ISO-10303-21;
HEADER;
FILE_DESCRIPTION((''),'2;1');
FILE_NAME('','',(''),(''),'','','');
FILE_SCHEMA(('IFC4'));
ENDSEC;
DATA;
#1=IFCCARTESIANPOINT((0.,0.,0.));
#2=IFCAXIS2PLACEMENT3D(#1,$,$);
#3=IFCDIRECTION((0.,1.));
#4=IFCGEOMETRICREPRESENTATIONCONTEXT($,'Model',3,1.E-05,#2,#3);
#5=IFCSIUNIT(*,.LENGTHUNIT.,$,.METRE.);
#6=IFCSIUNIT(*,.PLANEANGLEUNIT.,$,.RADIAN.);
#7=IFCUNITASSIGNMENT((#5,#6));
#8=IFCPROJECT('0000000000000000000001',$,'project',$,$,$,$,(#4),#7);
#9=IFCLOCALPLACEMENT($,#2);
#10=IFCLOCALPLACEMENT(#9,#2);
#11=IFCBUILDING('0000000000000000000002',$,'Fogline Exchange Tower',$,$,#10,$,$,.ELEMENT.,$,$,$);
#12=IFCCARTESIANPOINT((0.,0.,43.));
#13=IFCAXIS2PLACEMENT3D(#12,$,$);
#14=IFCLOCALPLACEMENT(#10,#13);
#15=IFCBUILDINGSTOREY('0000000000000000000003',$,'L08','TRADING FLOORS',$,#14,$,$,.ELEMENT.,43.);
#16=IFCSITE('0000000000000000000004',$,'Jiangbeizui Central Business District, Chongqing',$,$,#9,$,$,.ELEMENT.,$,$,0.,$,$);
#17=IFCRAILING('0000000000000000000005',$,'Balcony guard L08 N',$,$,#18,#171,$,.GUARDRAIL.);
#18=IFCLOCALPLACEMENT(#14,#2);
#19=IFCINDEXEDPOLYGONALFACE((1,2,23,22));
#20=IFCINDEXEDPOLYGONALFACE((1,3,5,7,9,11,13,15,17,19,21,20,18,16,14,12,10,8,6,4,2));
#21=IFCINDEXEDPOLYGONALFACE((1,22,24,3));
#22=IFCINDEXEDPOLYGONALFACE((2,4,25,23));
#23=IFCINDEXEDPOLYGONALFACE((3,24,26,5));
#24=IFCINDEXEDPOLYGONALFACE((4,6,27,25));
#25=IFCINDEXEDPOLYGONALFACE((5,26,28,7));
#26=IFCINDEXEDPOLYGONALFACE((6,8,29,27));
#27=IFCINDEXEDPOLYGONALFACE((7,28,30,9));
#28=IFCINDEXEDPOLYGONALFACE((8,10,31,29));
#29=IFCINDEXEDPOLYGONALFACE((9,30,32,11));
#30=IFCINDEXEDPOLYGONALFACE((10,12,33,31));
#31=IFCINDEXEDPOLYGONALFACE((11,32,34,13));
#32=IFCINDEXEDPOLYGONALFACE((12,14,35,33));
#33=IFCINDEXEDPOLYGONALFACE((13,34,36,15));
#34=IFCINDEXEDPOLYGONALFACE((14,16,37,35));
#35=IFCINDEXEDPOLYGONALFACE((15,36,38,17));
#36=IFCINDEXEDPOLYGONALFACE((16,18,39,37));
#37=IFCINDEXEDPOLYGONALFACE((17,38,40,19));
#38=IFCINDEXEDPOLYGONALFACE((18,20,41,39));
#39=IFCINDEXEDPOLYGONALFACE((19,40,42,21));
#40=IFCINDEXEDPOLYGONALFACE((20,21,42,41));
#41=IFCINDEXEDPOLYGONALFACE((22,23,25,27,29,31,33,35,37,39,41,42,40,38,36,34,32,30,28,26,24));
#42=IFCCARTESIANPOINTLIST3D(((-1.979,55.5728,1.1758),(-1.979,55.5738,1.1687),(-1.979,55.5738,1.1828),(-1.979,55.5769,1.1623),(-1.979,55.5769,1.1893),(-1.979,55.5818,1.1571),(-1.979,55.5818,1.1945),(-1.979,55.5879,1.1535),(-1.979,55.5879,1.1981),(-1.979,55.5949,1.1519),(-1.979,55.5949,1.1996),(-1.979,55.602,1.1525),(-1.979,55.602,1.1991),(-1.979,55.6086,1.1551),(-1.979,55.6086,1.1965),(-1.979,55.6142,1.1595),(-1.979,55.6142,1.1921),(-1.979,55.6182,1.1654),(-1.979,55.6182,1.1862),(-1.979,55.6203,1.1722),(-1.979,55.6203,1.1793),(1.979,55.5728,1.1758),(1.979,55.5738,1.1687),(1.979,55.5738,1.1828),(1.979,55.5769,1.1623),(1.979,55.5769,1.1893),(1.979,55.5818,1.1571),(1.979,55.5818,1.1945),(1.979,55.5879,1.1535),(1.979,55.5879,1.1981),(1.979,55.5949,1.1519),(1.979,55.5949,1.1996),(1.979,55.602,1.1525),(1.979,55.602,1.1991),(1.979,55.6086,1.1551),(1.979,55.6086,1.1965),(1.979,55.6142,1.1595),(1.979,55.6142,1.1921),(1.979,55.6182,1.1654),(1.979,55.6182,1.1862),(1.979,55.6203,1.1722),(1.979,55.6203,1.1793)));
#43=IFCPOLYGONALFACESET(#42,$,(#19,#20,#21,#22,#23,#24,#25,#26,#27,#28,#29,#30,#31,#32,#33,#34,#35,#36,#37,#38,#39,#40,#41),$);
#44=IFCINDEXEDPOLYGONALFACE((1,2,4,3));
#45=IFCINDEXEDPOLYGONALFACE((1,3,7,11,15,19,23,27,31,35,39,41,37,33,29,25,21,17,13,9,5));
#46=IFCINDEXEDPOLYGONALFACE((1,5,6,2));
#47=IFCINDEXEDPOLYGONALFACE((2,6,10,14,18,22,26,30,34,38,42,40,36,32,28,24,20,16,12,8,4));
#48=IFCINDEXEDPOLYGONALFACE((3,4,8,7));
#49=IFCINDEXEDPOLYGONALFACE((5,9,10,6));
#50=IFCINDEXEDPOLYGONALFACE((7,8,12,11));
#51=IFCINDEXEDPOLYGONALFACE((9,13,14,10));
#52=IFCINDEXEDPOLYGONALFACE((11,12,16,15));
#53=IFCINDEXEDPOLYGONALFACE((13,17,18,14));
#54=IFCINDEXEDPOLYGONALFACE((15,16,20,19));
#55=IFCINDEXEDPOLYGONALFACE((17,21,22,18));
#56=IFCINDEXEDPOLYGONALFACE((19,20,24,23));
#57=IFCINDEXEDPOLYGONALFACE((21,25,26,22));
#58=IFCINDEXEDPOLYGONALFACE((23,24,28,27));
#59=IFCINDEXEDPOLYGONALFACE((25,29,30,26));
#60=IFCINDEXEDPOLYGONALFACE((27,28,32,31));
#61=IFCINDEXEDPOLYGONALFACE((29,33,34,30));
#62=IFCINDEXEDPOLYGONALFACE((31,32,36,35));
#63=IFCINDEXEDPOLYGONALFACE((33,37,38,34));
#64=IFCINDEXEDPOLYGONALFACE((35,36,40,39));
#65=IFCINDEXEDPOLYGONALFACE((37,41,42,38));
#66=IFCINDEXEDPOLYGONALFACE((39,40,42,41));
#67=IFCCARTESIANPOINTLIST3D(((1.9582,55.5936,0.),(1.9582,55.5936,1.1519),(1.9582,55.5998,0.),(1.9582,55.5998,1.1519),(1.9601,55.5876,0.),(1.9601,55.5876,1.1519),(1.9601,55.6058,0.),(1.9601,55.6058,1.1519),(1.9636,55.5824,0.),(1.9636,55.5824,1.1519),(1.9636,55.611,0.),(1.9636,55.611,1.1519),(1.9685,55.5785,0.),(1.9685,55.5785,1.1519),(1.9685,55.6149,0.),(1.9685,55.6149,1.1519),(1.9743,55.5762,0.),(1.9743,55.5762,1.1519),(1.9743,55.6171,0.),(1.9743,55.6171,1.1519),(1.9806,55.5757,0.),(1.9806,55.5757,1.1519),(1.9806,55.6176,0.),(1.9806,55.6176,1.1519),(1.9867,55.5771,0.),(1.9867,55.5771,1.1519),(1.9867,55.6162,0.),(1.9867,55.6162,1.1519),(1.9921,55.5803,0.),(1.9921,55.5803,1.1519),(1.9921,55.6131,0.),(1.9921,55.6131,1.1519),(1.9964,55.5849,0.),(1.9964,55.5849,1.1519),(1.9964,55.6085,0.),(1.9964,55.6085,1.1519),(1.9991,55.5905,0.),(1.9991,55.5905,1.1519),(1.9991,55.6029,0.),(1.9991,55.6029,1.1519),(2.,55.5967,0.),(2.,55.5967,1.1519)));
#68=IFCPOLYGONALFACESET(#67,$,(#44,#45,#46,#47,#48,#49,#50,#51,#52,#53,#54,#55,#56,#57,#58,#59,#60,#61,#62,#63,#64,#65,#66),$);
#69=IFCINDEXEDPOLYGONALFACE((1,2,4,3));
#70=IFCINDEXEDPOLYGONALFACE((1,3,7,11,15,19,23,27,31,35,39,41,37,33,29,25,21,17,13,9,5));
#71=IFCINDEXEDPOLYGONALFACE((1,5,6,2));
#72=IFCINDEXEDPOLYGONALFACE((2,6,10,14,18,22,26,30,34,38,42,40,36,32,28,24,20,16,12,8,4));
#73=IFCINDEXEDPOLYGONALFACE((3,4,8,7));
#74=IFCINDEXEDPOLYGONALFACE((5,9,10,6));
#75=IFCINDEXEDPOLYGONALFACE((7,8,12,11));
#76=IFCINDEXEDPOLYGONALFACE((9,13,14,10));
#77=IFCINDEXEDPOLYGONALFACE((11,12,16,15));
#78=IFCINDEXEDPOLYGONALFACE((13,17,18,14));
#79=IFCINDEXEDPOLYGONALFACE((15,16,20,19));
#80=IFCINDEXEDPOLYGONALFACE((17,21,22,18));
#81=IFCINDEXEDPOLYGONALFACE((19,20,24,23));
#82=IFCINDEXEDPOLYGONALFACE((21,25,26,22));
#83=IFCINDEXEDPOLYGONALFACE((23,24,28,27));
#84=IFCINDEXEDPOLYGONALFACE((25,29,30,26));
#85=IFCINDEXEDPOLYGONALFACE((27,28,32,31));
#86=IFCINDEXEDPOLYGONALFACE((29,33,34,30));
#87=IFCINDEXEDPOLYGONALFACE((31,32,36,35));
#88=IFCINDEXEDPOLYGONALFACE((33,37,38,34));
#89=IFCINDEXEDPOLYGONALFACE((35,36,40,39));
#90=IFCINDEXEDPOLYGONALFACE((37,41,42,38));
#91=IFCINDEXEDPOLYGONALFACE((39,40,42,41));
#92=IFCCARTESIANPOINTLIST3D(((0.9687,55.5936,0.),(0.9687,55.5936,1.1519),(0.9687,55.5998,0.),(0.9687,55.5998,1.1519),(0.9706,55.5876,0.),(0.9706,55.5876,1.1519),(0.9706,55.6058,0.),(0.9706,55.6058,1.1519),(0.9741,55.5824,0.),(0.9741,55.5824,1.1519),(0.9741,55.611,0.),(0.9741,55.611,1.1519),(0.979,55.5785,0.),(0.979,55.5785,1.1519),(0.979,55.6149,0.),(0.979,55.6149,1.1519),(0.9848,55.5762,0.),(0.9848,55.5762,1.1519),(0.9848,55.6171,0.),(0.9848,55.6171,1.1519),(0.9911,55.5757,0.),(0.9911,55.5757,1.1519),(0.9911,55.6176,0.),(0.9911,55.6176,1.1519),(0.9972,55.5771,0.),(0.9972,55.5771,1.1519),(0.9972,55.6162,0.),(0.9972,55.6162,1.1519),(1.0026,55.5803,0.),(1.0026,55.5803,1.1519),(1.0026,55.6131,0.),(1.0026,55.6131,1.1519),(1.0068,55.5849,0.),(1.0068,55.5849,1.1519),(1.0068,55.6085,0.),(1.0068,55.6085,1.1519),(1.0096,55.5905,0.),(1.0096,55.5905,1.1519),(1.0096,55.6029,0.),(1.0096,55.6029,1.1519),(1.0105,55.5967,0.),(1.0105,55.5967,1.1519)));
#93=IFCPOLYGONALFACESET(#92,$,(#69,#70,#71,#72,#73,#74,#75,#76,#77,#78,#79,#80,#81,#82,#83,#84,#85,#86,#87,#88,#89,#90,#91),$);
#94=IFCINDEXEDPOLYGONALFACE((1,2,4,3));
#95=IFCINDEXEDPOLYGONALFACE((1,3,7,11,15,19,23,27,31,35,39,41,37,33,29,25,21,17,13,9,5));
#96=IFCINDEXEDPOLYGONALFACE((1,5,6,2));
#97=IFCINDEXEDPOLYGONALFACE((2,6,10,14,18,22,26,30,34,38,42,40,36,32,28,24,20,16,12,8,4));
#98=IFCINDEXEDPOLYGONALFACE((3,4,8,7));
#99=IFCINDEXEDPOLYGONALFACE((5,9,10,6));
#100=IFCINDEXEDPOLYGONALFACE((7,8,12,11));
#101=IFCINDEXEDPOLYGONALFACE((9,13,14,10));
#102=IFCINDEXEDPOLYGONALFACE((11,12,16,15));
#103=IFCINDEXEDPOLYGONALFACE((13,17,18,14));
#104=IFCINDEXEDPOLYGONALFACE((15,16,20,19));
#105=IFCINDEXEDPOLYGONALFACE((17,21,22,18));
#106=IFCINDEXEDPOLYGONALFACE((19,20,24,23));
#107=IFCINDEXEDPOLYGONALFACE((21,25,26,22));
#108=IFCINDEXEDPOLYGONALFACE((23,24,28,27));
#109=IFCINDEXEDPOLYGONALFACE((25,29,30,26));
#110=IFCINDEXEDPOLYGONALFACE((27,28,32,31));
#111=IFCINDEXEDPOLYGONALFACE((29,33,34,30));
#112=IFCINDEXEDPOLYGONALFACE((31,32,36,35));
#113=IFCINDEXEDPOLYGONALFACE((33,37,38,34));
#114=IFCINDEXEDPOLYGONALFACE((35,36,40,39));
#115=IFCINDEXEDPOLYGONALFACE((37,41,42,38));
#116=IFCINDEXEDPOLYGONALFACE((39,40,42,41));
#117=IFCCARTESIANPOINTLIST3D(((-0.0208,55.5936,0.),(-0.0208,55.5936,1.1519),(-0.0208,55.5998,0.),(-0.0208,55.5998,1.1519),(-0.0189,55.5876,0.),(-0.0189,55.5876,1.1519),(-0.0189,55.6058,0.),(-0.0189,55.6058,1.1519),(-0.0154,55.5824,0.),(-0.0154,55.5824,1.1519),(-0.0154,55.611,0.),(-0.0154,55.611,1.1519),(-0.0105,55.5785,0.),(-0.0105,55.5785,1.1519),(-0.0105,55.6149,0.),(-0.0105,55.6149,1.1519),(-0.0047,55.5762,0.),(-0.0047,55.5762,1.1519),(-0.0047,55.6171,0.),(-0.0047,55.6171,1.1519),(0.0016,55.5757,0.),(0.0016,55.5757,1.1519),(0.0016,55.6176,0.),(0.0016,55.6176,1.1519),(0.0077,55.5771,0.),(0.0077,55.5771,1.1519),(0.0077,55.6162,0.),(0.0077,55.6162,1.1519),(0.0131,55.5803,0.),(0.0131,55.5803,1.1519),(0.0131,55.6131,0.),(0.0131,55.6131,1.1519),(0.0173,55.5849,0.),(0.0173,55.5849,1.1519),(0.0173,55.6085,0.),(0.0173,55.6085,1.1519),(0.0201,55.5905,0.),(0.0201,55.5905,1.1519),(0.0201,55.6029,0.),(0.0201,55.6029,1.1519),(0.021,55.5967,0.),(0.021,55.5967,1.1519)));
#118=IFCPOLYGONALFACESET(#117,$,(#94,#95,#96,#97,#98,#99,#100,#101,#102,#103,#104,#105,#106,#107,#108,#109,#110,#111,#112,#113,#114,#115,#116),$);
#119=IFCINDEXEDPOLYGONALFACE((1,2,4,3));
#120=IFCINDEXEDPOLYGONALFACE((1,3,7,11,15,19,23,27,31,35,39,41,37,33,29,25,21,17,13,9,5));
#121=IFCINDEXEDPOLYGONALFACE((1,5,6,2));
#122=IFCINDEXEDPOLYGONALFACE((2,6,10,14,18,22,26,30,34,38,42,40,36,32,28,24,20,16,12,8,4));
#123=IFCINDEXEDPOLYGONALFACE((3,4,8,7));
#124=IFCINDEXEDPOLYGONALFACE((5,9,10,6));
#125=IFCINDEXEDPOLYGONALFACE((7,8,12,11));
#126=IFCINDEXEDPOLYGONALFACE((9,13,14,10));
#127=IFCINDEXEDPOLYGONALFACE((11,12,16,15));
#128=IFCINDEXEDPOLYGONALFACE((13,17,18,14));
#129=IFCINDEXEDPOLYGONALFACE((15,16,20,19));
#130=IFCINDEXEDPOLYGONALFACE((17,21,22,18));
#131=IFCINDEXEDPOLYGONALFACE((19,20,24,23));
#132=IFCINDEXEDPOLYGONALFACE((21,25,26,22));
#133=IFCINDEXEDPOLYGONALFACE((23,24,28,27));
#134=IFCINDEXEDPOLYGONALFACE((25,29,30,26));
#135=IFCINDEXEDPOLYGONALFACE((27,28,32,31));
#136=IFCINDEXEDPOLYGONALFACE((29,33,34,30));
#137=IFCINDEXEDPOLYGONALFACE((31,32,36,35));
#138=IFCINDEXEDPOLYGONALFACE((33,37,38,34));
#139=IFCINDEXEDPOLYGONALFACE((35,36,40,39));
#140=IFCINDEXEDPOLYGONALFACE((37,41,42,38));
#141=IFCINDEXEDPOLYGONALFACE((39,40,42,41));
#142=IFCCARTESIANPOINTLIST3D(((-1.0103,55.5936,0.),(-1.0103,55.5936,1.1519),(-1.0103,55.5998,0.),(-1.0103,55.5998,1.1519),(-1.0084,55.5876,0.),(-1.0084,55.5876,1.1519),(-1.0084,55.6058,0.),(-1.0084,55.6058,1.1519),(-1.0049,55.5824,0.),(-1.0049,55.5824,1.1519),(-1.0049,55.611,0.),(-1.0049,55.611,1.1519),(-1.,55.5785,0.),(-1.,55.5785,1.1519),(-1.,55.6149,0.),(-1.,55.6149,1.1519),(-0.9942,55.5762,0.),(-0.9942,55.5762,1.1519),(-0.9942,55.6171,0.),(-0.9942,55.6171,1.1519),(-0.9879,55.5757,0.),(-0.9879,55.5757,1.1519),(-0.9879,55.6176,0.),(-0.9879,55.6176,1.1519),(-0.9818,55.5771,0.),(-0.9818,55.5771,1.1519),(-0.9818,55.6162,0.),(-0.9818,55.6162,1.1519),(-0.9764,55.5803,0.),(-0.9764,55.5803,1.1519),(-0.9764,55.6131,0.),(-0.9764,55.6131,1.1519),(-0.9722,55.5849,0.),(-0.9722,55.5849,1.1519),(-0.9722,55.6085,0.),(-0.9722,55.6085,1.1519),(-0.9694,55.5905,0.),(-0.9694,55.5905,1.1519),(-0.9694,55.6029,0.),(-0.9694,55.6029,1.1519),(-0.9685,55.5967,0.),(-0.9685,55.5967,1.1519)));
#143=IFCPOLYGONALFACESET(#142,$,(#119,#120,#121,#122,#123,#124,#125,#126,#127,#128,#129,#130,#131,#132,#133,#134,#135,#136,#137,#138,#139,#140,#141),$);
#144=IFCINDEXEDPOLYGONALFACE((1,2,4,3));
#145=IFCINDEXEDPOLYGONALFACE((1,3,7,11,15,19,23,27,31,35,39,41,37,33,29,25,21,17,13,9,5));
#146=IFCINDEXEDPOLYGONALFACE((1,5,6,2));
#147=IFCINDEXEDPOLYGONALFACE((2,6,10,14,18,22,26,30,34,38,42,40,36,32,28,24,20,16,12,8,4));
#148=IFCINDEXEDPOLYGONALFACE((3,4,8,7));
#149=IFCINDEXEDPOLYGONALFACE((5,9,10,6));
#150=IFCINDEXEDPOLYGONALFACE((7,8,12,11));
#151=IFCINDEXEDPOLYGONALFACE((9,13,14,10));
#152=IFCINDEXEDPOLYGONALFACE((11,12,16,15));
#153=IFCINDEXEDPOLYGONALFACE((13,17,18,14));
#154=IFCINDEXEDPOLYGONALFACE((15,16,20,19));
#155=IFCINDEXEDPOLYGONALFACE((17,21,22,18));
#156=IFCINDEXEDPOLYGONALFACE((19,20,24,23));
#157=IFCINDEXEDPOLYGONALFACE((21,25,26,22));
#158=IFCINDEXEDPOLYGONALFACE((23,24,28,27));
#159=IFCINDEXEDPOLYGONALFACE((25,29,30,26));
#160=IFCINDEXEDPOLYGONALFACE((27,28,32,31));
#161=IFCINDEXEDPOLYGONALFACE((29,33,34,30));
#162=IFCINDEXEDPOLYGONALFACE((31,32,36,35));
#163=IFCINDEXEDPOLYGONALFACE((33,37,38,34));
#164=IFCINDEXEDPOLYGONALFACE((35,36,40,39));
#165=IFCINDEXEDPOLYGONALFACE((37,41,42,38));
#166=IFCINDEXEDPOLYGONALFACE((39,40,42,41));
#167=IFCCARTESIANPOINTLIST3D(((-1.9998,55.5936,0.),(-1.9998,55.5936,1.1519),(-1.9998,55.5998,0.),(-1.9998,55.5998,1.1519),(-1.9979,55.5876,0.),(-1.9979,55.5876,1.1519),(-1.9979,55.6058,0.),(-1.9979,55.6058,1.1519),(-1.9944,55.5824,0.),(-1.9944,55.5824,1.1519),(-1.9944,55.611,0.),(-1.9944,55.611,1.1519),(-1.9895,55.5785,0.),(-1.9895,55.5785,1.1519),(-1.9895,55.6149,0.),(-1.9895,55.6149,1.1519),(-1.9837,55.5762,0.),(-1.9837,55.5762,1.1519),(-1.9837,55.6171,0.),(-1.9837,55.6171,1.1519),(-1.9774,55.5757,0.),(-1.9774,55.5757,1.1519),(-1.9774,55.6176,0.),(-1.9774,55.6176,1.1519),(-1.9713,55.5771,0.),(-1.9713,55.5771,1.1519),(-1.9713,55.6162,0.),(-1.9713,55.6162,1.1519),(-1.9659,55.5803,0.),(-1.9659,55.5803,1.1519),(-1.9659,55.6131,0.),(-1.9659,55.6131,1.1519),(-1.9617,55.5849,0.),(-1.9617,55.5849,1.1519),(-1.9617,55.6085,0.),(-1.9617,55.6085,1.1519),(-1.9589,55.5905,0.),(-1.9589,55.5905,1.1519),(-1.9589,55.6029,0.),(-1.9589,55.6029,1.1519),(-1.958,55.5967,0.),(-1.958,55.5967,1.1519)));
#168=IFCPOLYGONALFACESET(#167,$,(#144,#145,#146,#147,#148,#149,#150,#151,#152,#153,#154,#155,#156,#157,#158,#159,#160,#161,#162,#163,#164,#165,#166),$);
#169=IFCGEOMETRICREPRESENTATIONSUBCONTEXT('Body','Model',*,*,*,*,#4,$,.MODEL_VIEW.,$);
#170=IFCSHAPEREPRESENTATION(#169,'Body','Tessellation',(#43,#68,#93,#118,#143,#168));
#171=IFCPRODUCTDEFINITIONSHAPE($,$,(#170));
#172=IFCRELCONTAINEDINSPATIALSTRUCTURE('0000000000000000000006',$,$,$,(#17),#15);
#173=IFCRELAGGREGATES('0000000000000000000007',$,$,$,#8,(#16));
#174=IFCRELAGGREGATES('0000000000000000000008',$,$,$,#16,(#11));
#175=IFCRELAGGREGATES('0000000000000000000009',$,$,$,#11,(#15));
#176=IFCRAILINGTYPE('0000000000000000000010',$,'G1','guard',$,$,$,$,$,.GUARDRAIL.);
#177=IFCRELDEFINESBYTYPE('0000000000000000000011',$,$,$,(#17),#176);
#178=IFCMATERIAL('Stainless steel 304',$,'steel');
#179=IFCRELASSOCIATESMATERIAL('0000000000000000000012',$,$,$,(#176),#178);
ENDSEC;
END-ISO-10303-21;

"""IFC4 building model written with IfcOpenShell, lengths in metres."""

from ifc_helpers import new_model, si_unit, direction, frame, origin, origin_2d, place, context, subcontext, project, spatial, circle, extrude, material, type_object, element, save


model = new_model("IFC4")

# Units and contexts
model_context = context("Model", 3, precision=1e-05, world=origin(), true_north=direction((0.0, 1.0)))
body_context = subcontext(model_context, "Body", "Model", "MODEL_VIEW")
ifc_project = project(units=[si_unit("LENGTHUNIT", "METRE"), si_unit("PLANEANGLEUNIT", "RADIAN")], contexts=[model_context])

# Site, building, storey
site_placement = place(None, origin())
site = spatial("IfcSite", under=ifc_project, at=site_placement, Name="Jiangbeizui Central Business District, Chongqing", CompositionType="ELEMENT", RefElevation=0.0)
building_placement = place(site_placement, origin())
building = spatial("IfcBuilding", under=site, at=building_placement, Name="Fogline Exchange Tower", CompositionType="ELEMENT")
storey_placement = place(building_placement, frame((0.0, 0.0, 43.0)))
storey = spatial("IfcBuildingStorey", under=building, at=storey_placement, Name="L08", Description="TRADING FLOORS", CompositionType="ELEMENT", Elevation=43.0)

# Railing
ifc_material_1 = material(Name="Stainless steel 304", Category="steel")
railing_type = type_object("IfcRailingType", Name="G1", Description="guard", PredefinedType="GUARDRAIL", material=ifc_material_1)
railing_placement = place(storey_placement, frame((1.979, 55.5967, 0.0)))
element("IfcRailing", 1, at=railing_placement, inside=storey, type_object=railing_type, Name="Balcony guard L08 N", PredefinedType="GUARDRAIL", context=body_context, shape_type="SweptSolid", body=[
    extrude(circle(Radius=0.0239, at=origin_2d()), frame((0.0, 0.0, 1.1758), z_axis=(-1.0, 0.0, 0.0), x_axis=(0.0, -1.0, 0.0)), (0.0, 0.0, 1.0), 3.958),
    extrude(circle(Radius=0.021, at=origin_2d()), origin(), (0.0, 0.0, 1.0), 1.1519),
    extrude(circle(Radius=0.021, at=origin_2d()), frame((-0.9895, 0.0, 0.0)), (0.0, 0.0, 1.0), 1.1519),
    extrude(circle(Radius=0.021, at=origin_2d()), frame((-1.979, 0.0, 0.0)), (0.0, 0.0, 1.0), 1.1519),
    extrude(circle(Radius=0.021, at=origin_2d()), frame((-2.9685, 0.0, 0.0)), (0.0, 0.0, 1.0), 1.1519),
    extrude(circle(Radius=0.021, at=origin_2d()), frame((-3.958, 0.0, 0.0)), (0.0, 0.0, 1.0), 1.1519),
])

save(model, "model.ifc")
